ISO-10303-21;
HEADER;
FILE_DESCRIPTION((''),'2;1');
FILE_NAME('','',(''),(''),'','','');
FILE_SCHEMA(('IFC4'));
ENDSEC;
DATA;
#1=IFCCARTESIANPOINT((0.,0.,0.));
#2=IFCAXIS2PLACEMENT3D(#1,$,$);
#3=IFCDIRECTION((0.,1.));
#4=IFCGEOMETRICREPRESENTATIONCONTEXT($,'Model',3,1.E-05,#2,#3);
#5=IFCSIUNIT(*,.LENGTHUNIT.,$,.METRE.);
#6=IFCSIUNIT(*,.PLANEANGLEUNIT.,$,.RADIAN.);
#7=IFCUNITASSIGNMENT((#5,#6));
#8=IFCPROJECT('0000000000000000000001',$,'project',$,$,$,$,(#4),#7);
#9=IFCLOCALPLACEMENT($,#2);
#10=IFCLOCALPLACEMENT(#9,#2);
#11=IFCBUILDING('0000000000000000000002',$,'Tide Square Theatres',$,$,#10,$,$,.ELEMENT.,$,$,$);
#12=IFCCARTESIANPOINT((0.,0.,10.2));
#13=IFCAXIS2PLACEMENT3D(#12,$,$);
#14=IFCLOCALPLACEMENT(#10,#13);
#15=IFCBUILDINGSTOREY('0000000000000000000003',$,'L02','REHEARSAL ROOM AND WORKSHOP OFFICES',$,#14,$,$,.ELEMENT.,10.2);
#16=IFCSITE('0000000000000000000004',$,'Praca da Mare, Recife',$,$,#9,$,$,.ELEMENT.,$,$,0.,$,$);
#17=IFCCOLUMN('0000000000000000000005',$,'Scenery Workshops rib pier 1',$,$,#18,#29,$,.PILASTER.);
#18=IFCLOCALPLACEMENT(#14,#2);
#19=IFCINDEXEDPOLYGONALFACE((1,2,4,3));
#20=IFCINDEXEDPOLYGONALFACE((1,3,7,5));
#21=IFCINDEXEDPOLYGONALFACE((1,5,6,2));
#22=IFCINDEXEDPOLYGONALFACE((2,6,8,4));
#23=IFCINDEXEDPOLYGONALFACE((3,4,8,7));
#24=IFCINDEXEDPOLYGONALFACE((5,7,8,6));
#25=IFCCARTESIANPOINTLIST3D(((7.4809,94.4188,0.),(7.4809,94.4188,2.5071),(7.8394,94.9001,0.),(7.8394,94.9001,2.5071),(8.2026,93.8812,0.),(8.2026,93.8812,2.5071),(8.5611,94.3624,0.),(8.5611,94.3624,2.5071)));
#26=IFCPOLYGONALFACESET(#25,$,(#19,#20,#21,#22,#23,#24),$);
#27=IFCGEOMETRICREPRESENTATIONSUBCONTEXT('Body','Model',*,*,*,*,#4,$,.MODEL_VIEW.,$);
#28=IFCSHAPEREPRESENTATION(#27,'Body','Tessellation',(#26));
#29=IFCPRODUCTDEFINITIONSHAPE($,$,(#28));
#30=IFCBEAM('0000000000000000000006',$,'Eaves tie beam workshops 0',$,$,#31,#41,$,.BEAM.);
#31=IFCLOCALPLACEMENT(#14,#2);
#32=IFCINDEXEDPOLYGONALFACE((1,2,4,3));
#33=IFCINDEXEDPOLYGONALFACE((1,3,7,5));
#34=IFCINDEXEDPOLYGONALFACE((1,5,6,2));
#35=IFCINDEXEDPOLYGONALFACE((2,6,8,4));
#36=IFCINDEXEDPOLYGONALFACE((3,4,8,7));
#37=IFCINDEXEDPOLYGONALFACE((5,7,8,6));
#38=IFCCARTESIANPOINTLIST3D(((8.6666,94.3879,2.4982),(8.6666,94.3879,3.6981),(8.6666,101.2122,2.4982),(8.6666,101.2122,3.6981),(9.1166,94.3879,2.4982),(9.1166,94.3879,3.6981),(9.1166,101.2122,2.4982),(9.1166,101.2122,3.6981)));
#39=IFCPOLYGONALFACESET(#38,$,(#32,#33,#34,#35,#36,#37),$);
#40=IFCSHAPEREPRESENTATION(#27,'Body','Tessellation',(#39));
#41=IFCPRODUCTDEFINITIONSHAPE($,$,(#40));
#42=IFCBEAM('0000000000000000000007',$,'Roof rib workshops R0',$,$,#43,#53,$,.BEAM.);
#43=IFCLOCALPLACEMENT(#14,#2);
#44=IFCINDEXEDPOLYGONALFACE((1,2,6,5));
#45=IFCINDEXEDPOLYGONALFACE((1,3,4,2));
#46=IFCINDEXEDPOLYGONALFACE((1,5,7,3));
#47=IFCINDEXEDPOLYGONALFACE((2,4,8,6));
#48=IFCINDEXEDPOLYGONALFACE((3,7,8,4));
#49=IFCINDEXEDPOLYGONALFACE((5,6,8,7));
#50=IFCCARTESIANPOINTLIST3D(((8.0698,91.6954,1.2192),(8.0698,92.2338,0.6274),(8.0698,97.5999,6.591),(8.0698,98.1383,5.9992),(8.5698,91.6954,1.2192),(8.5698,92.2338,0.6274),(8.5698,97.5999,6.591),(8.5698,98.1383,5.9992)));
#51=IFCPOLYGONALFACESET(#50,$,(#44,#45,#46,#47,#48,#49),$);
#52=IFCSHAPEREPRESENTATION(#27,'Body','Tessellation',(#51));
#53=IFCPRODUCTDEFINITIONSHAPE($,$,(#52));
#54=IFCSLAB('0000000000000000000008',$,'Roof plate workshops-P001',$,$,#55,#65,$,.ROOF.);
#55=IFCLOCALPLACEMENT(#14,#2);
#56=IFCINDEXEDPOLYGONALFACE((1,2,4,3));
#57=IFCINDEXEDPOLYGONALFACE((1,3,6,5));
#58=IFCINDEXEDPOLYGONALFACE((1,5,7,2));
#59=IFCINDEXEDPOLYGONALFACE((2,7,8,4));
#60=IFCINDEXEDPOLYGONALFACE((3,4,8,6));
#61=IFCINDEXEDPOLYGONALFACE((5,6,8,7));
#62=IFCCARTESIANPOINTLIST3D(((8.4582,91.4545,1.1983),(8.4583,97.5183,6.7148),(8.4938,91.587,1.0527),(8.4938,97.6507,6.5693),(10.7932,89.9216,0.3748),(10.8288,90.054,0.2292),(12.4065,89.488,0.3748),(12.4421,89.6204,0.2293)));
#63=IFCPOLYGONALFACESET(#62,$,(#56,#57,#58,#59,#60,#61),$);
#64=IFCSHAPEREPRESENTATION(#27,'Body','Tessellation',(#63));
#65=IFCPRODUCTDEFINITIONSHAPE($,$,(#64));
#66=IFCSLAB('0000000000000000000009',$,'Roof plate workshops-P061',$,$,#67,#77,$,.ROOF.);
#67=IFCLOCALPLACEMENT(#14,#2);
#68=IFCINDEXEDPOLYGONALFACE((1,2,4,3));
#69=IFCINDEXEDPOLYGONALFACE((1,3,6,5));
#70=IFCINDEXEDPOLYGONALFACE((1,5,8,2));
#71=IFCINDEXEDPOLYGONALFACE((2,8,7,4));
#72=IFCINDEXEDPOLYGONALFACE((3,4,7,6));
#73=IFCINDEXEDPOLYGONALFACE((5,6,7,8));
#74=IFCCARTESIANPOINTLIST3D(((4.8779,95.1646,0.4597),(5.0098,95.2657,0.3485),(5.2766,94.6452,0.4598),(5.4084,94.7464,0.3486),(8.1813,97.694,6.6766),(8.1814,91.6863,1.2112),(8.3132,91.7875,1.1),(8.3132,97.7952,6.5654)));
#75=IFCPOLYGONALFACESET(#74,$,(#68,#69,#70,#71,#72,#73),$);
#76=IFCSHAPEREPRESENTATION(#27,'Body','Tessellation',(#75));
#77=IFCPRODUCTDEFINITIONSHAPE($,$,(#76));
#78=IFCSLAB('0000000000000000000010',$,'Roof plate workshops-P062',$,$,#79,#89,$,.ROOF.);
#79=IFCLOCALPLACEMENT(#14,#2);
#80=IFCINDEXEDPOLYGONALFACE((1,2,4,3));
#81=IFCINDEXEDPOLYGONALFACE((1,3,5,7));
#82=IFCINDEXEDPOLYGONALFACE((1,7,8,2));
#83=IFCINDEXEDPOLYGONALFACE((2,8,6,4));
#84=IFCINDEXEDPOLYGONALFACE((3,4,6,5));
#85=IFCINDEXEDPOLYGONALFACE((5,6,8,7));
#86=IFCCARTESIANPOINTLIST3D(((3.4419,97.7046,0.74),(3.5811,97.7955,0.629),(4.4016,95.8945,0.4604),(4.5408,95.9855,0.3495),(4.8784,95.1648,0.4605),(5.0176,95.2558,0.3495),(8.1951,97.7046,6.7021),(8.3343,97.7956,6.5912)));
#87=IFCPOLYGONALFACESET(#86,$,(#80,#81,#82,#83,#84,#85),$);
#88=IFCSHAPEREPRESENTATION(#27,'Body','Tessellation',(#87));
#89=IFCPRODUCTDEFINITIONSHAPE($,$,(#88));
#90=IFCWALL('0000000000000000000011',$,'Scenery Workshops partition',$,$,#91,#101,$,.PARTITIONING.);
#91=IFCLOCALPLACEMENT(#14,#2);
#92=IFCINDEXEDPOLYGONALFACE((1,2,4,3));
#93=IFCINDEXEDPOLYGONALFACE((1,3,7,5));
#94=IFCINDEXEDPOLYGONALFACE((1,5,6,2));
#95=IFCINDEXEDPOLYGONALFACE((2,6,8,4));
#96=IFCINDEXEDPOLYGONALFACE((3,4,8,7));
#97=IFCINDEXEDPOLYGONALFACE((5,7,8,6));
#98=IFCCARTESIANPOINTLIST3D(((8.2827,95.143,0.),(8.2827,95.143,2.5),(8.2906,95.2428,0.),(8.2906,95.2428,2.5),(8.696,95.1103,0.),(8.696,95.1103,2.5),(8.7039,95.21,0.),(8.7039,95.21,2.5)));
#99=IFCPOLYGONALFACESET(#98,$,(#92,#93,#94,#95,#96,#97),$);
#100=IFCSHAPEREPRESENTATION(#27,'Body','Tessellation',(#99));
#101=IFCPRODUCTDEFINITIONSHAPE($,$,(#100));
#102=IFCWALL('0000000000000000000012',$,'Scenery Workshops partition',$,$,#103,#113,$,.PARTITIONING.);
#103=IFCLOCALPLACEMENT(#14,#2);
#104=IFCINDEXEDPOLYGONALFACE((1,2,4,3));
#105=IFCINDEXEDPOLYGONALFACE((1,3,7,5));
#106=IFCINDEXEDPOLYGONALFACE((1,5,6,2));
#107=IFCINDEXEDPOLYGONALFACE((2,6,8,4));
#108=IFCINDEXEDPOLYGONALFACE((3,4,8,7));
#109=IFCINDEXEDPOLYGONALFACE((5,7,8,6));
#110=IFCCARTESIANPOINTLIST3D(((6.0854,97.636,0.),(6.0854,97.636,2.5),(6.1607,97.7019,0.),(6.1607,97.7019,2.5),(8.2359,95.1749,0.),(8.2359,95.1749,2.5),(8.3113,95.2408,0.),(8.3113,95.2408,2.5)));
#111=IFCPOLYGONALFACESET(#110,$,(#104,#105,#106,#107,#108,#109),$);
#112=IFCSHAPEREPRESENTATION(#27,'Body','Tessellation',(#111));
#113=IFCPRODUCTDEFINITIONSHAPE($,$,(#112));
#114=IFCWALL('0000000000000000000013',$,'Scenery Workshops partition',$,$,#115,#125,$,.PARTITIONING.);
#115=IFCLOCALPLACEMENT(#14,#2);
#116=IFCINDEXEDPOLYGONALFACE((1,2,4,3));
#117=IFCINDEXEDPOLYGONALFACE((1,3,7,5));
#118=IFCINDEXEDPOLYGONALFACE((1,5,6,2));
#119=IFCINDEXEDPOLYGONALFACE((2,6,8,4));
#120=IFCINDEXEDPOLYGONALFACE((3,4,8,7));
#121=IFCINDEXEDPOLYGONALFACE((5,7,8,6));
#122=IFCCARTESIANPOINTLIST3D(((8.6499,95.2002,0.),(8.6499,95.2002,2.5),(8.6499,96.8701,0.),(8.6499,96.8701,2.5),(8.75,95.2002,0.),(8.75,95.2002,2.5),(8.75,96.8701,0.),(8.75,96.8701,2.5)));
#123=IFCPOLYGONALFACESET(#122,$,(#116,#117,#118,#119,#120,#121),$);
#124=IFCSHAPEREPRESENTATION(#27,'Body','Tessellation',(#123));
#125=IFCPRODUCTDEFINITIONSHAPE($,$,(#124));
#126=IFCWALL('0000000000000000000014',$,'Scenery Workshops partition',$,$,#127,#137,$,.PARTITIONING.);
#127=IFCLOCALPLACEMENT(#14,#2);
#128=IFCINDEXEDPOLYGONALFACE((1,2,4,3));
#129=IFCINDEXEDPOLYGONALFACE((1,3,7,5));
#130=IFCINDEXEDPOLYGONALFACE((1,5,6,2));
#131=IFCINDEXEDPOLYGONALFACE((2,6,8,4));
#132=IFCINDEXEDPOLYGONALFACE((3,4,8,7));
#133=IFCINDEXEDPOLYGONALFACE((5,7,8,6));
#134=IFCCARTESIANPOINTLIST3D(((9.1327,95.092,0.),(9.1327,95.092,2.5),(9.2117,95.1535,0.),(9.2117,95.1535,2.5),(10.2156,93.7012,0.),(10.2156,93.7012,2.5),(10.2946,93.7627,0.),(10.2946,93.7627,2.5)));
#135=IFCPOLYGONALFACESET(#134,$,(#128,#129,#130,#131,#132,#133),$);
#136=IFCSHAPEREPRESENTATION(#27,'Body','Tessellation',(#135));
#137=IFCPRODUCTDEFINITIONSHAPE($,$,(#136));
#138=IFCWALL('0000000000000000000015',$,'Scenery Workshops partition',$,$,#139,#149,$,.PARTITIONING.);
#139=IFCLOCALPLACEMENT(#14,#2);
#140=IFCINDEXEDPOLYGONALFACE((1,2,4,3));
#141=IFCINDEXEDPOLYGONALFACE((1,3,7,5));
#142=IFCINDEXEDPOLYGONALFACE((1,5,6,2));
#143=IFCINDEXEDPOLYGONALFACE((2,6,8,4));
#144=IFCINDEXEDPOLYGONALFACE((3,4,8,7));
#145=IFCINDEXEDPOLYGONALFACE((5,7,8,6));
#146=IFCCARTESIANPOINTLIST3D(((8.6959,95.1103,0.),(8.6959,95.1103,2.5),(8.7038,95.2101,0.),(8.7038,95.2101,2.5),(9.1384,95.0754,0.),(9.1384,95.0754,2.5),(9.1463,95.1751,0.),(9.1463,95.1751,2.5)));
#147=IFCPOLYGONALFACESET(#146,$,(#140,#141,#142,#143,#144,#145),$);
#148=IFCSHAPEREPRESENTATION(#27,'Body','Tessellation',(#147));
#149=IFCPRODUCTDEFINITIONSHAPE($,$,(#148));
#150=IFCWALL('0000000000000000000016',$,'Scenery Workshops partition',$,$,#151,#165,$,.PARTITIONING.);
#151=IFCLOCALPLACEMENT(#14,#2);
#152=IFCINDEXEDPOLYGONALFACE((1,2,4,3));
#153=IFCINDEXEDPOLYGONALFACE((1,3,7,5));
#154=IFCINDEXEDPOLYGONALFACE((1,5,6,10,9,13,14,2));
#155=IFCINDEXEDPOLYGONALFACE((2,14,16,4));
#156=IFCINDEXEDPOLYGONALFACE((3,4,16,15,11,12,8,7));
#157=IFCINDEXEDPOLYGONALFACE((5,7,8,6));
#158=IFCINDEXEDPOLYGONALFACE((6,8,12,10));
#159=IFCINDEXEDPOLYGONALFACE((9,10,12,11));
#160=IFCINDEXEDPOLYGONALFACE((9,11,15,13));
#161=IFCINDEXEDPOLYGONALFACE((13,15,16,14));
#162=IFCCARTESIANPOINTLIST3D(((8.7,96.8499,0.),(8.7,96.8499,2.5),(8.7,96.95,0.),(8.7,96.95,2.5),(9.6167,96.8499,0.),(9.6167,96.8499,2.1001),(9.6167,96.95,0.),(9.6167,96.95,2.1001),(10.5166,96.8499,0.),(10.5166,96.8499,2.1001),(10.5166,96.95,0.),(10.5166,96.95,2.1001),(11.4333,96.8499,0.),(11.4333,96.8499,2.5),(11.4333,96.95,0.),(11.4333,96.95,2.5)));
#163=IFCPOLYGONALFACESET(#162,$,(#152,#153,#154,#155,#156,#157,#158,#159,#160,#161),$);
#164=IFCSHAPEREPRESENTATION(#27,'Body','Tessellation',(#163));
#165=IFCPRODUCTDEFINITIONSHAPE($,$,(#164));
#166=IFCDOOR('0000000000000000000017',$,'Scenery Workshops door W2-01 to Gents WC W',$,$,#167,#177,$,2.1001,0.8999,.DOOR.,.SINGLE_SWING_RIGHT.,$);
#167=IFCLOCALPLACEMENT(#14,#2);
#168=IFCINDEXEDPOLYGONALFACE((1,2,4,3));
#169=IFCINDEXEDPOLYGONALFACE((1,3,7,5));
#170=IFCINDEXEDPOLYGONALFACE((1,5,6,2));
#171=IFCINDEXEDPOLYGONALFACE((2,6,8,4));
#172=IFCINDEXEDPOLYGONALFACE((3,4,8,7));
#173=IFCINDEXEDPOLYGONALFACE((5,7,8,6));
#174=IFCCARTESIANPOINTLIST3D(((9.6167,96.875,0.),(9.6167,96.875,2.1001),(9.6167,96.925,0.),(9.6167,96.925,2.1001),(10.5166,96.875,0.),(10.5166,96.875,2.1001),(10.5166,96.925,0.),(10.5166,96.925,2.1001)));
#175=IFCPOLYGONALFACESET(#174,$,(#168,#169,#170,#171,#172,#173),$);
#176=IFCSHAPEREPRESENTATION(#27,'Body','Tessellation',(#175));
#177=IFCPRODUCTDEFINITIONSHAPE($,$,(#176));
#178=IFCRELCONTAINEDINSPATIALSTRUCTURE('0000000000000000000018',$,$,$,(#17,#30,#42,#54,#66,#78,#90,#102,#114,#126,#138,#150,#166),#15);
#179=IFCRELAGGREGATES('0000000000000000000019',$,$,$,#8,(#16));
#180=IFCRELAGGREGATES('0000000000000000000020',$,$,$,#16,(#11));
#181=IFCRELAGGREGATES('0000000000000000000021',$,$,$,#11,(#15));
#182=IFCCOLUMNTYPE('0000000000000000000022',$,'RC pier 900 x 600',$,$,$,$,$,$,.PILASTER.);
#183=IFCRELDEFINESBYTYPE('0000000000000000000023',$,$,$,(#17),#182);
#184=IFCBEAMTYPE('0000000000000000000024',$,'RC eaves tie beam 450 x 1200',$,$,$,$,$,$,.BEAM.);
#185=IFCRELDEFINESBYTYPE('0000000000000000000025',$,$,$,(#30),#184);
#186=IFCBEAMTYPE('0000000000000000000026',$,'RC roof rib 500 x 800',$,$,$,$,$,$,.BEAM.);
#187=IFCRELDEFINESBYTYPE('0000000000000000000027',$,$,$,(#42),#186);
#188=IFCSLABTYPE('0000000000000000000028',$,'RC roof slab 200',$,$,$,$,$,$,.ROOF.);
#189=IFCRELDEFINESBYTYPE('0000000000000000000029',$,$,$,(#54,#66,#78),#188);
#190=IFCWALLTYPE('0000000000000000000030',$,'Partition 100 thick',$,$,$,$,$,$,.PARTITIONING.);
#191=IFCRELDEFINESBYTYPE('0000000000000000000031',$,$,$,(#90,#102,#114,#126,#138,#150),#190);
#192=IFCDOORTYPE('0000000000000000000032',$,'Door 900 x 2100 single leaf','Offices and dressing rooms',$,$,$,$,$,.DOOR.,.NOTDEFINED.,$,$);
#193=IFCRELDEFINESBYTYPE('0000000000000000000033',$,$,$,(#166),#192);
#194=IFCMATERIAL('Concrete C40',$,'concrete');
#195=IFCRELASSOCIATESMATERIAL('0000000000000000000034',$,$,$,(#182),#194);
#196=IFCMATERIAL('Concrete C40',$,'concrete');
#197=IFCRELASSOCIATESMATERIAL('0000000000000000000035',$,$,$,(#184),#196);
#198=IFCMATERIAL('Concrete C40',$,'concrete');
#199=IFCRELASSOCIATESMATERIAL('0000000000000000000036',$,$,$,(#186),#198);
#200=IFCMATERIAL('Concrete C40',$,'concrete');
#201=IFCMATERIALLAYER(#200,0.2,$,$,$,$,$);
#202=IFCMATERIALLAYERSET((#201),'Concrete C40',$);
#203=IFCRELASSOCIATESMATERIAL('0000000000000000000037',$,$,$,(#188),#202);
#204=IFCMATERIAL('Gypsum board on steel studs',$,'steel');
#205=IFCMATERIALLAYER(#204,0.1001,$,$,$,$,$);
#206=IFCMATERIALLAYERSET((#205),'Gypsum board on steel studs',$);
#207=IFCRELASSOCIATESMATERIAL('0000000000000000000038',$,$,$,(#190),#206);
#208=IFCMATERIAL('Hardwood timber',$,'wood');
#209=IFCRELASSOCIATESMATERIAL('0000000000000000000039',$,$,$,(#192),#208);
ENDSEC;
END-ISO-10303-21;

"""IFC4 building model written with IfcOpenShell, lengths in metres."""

from ifc_helpers import new_model, si_unit, direction, frame, frame_2d, origin, origin_2d, place, context, subcontext, project, spatial, polyline, rectangle, outline, extrude, material, layer, layer_set, material_profile, profile_set, type_object, element, fill, save


model = new_model("IFC4")

# Units and contexts
model_context = context("Model", 3, precision=1e-05, world=origin(), true_north=direction((0.0, 1.0)))
body_context = subcontext(model_context, "Body", "Model", "MODEL_VIEW")
ifc_project = project(units=[si_unit("LENGTHUNIT", "METRE"), si_unit("PLANEANGLEUNIT", "RADIAN")], contexts=[model_context])

# Site, building, storey
site_placement = place(None, origin())
site = spatial("IfcSite", under=ifc_project, at=site_placement, Name="Praca da Mare, Recife", CompositionType="ELEMENT", RefElevation=0.0)
building_placement = place(site_placement, origin())
building = spatial("IfcBuilding", under=site, at=building_placement, Name="Tide Square Theatres", CompositionType="ELEMENT")
storey_placement = place(building_placement, frame((0.0, 0.0, 10.2)))
storey = spatial("IfcBuildingStorey", under=building, at=storey_placement, Name="L02", Description="REHEARSAL ROOM AND WORKSHOP OFFICES", CompositionType="ELEMENT", Elevation=10.2)

# Column
ifc_material_1 = material(Name="Concrete C40", Category="concrete")
ifc_material_profile_1 = material_profile(ifc_material_1, rectangle(XDim=0.8999, YDim=0.6001, at=origin_2d()))
ifc_profile_set_1 = profile_set([ifc_material_profile_1], Name="Concrete C40")
column_type = type_object("IfcColumnType", Name="RC pier 900 x 600", PredefinedType="PILASTER", material=ifc_profile_set_1)
column_placement = place(storey_placement, frame((8.021, 94.3906, 0.0), z_axis=(0.0, 0.0, 1.0), x_axis=(0.801928, -0.597421, 0.0)))
element("IfcColumn", 1, at=column_placement, inside=storey, type_object=column_type, Name="Scenery Workshops rib pier 1", PredefinedType="PILASTER", context=body_context, shape_type="SweptSolid", body=[
    extrude(rectangle(XDim=0.8999, YDim=0.6001, at=origin_2d()), origin(), (0.0, 0.0, 1.0), 2.5071),
])

# Beams
ifc_material_2 = material(Name="Concrete C40", Category="concrete")
ifc_material_profile_2 = material_profile(ifc_material_2, rectangle(XDim=0.45, YDim=1.2, at=origin_2d()))
ifc_profile_set_2 = profile_set([ifc_material_profile_2], Name="Concrete C40")
beam_type_1 = type_object("IfcBeamType", Name="RC eaves tie beam 450 x 1200", PredefinedType="BEAM", material=ifc_profile_set_2)
beam_1_placement = place(storey_placement, frame((8.8916, 94.3879, 3.0981), z_axis=(0.0, 1.0, 0.0), x_axis=(-1.0, 0.0, 0.0)))
element("IfcBeam", 2, at=beam_1_placement, inside=storey, type_object=beam_type_1, Name="Eaves tie beam workshops 0", PredefinedType="BEAM", context=body_context, shape_type="SweptSolid", body=[
    extrude(rectangle(XDim=0.45, YDim=1.2, at=origin_2d()), origin(), (0.0, 0.0, 1.0), 6.8242),
])
ifc_material_3 = material(Name="Concrete C40", Category="concrete")
ifc_material_profile_3 = material_profile(ifc_material_3, rectangle(XDim=0.5, YDim=0.8, at=origin_2d()))
ifc_profile_set_3 = profile_set([ifc_material_profile_3], Name="Concrete C40")
beam_type_2 = type_object("IfcBeamType", Name="RC roof rib 500 x 800", PredefinedType="BEAM", material=ifc_profile_set_3)
beam_2_placement = place(storey_placement, frame((8.3198, 91.9646, 0.9233), z_axis=(0.0, 0.739687, 0.672951), x_axis=(-1.0, 0.0, 0.0)))
element("IfcBeam", 3, at=beam_2_placement, inside=storey, type_object=beam_type_2, Name="Roof rib workshops R0", PredefinedType="BEAM", context=body_context, shape_type="SweptSolid", body=[
    extrude(rectangle(XDim=0.5, YDim=0.8, at=origin_2d()), origin(), (0.0, 0.0, 1.0), 7.9824),
])

# Slabs
ifc_material_4 = material(Name="Concrete C40", Category="concrete")
ifc_layer_1 = layer(ifc_material_4, 0.2)
ifc_layer_set_1 = layer_set([ifc_layer_1], Name="Concrete C40")
slab_type = type_object("IfcSlabType", Name="RC roof slab 200", PredefinedType="ROOF", material=ifc_layer_set_1)
slab_1_placement = place(storey_placement, frame((10.7932, 89.9216, 0.3748), z_axis=(-0.178014, -0.662194, 0.72788), x_axis=(0.965722, -0.259579, 0.000027)))
element("IfcSlab", 4, at=slab_1_placement, inside=storey, type_object=slab_type, Name="Roof plate workshops-P001", PredefinedType="ROOF", context=body_context, shape_type="SweptSolid", body=[
    extrude(outline(polyline([(0.0, 0.0), (1.6705, 0.0), (-4.2267, 9.2463), (-2.6528, 1.2011), (0.0, 0.0)])), origin(), (0.0, 0.0, -1.0), 0.2),
])
slab_2_placement = place(storey_placement, frame((4.8779, 95.1646, 0.4597), z_axis=(-0.659274, -0.50598, 0.556186), x_axis=(0.608879, -0.793263, 0.000078)))
element("IfcSlab", 5, at=slab_2_placement, inside=storey, type_object=slab_type, Name="Roof plate workshops-P061", PredefinedType="ROOF", context=body_context, shape_type="SweptSolid", body=[
    extrude(outline(polyline([(0.0, 0.0), (0.6547, 0.0), (4.7707, 0.9038), (0.0053, 7.4806), (0.0, 0.0)])), origin(), (0.0, 0.0, -1.0), 0.2),
])
slab_3_placement = place(storey_placement, frame((4.4016, 95.8945, 0.4604), z_axis=(-0.69632, -0.454943, 0.555127), x_axis=(0.546968, -0.837154, 0.000014)))
element("IfcSlab", 6, at=slab_3_placement, inside=storey, type_object=slab_type, Name="Roof plate workshops-P062", PredefinedType="ROOF", context=body_context, shape_type="SweptSolid", body=[
    extrude(outline(polyline([(0.0, 0.0), (0.8717, 0.0), (0.5597, 7.5041), (-2.0402, 0.3361), (0.0, 0.0)])), origin(), (0.0, 0.0, -1.0), 0.2),
])

# Walls
ifc_material_5 = material(Name="Gypsum board on steel studs", Category="steel")
ifc_layer_2 = layer(ifc_material_5, 0.1001)
ifc_layer_set_2 = layer_set([ifc_layer_2], Name="Gypsum board on steel studs")
wall_type_1 = type_object("IfcWallType", Name="Partition 100 thick", PredefinedType="PARTITIONING", material=ifc_layer_set_2)
wall_1_placement = place(storey_placement, frame((8.7, 95.1602, 0.0), z_axis=(0.0, 0.0, 1.0), x_axis=(-0.996882, 0.078903, 0.0)))
element("IfcWall", 7, at=wall_1_placement, inside=storey, type_object=wall_type_1, Name="Scenery Workshops partition", PredefinedType="PARTITIONING", context=body_context, shape_type="SweptSolid", body=[
    extrude(rectangle(XDim=0.4146, YDim=0.1001, at=frame_2d((0.2073, 0.0))), origin(), (0.0, 0.0, 1.0), 2.5),
])
wall_2_placement = place(storey_placement, frame((8.2737, 95.2078, 0.0), z_axis=(0.0, 0.0, 1.0), x_axis=(-0.658002, 0.753016, 0.0)))
element("IfcWall", 8, at=wall_2_placement, inside=storey, type_object=wall_type_1, Name="Scenery Workshops partition", PredefinedType="PARTITIONING", context=body_context, shape_type="SweptSolid", body=[
    extrude(rectangle(XDim=3.2683, YDim=0.1001, at=frame_2d((1.6343, 0.0))), origin(), (0.0, 0.0, 1.0), 2.5),
])
wall_3_placement = place(storey_placement, frame((8.7, 95.2002, 0.0), z_axis=(0.0, 0.0, 1.0), x_axis=(0.0, 1.0, 0.0)))
element("IfcWall", 9, at=wall_3_placement, inside=storey, type_object=wall_type_1, Name="Scenery Workshops partition", PredefinedType="PARTITIONING", context=body_context, shape_type="SweptSolid", body=[
    extrude(rectangle(XDim=1.6699, YDim=0.1001, at=frame_2d((0.835, 0.0))), origin(), (0.0, 0.0, 1.0), 2.5),
])
wall_4_placement = place(storey_placement, frame((10.2551, 93.7319, 0.0), z_axis=(0.0, 0.0, 1.0), x_axis=(-0.614372, 0.789017, 0.0)))
element("IfcWall", 10, at=wall_4_placement, inside=storey, type_object=wall_type_1, Name="Scenery Workshops partition", PredefinedType="PARTITIONING", context=body_context, shape_type="SweptSolid", body=[
    extrude(rectangle(XDim=1.7627, YDim=0.1001, at=frame_2d((0.8813, 0.0))), origin(), (0.0, 0.0, 1.0), 2.5),
])
wall_5_placement = place(storey_placement, frame((9.1423, 95.1252, 0.0), z_axis=(0.0, 0.0, 1.0), x_axis=(-0.9969, 0.078674, 0.0)))
element("IfcWall", 11, at=wall_5_placement, inside=storey, type_object=wall_type_1, Name="Scenery Workshops partition", PredefinedType="PARTITIONING", context=body_context, shape_type="SweptSolid", body=[
    extrude(rectangle(XDim=0.4438, YDim=0.1001, at=frame_2d((0.2219, 0.0))), origin(), (0.0, 0.0, 1.0), 2.5),
])

# Wall, opening, door
wall_6_placement = place(storey_placement, frame((11.4333, 96.8999, 0.0), z_axis=(0.0, 0.0, 1.0), x_axis=(-1.0, 0.0, 0.0)))
wall_6 = element("IfcWall", 12, at=wall_6_placement, inside=storey, type_object=wall_type_1, Name="Scenery Workshops partition", PredefinedType="PARTITIONING", context=body_context, shape_type="SweptSolid", body=[
    extrude(rectangle(XDim=2.7334, YDim=0.1001, at=frame_2d((1.3667, 0.0))), origin(), (0.0, 0.0, 1.0), 2.5),
])
opening_1_placement = place(wall_6_placement, frame((0.9167, 0.0, 0.0)))
opening_1 = element("IfcOpeningElement", 13, at=opening_1_placement, cuts=wall_6, PredefinedType="OPENING", context=body_context, shape_type="SweptSolid", body=[
    extrude(rectangle(XDim=0.8999, YDim=2.1001, at=frame_2d((0.45, 1.05))), frame((0.0, 0.0601, 0.0), z_axis=(0.0, -1.0, 0.0), x_axis=(1.0, 0.0, 0.0)), (0.0, 0.0, 1.0), 0.1201),
])
ifc_material_6 = material(Name="Hardwood timber", Category="wood")
door_type_1 = type_object("IfcDoorType", Name="Door 900 x 2100 single leaf", Description="Offices and dressing rooms", OperationType="NOTDEFINED", PredefinedType="DOOR", material=ifc_material_6)
door_1_placement = place(opening_1_placement, origin())
door_1 = element("IfcDoor", 14, at=door_1_placement, inside=storey, type_object=door_type_1, Name="Scenery Workshops door W2-01 to Gents WC W", OperationType="SINGLE_SWING_RIGHT", OverallHeight=2.1001, OverallWidth=0.8999, PredefinedType="DOOR", context=body_context, shape_type="SweptSolid", body=[
    extrude(rectangle(XDim=0.8999, YDim=2.1001, at=frame_2d((0.45, 1.05))), frame((0.0, 0.0249, 0.0), z_axis=(0.0, -1.0, 0.0), x_axis=(1.0, 0.0, 0.0)), (0.0, 0.0, 1.0), 0.05),
])
fill(opening_1, door_1)

save(model, "model.ifc")
